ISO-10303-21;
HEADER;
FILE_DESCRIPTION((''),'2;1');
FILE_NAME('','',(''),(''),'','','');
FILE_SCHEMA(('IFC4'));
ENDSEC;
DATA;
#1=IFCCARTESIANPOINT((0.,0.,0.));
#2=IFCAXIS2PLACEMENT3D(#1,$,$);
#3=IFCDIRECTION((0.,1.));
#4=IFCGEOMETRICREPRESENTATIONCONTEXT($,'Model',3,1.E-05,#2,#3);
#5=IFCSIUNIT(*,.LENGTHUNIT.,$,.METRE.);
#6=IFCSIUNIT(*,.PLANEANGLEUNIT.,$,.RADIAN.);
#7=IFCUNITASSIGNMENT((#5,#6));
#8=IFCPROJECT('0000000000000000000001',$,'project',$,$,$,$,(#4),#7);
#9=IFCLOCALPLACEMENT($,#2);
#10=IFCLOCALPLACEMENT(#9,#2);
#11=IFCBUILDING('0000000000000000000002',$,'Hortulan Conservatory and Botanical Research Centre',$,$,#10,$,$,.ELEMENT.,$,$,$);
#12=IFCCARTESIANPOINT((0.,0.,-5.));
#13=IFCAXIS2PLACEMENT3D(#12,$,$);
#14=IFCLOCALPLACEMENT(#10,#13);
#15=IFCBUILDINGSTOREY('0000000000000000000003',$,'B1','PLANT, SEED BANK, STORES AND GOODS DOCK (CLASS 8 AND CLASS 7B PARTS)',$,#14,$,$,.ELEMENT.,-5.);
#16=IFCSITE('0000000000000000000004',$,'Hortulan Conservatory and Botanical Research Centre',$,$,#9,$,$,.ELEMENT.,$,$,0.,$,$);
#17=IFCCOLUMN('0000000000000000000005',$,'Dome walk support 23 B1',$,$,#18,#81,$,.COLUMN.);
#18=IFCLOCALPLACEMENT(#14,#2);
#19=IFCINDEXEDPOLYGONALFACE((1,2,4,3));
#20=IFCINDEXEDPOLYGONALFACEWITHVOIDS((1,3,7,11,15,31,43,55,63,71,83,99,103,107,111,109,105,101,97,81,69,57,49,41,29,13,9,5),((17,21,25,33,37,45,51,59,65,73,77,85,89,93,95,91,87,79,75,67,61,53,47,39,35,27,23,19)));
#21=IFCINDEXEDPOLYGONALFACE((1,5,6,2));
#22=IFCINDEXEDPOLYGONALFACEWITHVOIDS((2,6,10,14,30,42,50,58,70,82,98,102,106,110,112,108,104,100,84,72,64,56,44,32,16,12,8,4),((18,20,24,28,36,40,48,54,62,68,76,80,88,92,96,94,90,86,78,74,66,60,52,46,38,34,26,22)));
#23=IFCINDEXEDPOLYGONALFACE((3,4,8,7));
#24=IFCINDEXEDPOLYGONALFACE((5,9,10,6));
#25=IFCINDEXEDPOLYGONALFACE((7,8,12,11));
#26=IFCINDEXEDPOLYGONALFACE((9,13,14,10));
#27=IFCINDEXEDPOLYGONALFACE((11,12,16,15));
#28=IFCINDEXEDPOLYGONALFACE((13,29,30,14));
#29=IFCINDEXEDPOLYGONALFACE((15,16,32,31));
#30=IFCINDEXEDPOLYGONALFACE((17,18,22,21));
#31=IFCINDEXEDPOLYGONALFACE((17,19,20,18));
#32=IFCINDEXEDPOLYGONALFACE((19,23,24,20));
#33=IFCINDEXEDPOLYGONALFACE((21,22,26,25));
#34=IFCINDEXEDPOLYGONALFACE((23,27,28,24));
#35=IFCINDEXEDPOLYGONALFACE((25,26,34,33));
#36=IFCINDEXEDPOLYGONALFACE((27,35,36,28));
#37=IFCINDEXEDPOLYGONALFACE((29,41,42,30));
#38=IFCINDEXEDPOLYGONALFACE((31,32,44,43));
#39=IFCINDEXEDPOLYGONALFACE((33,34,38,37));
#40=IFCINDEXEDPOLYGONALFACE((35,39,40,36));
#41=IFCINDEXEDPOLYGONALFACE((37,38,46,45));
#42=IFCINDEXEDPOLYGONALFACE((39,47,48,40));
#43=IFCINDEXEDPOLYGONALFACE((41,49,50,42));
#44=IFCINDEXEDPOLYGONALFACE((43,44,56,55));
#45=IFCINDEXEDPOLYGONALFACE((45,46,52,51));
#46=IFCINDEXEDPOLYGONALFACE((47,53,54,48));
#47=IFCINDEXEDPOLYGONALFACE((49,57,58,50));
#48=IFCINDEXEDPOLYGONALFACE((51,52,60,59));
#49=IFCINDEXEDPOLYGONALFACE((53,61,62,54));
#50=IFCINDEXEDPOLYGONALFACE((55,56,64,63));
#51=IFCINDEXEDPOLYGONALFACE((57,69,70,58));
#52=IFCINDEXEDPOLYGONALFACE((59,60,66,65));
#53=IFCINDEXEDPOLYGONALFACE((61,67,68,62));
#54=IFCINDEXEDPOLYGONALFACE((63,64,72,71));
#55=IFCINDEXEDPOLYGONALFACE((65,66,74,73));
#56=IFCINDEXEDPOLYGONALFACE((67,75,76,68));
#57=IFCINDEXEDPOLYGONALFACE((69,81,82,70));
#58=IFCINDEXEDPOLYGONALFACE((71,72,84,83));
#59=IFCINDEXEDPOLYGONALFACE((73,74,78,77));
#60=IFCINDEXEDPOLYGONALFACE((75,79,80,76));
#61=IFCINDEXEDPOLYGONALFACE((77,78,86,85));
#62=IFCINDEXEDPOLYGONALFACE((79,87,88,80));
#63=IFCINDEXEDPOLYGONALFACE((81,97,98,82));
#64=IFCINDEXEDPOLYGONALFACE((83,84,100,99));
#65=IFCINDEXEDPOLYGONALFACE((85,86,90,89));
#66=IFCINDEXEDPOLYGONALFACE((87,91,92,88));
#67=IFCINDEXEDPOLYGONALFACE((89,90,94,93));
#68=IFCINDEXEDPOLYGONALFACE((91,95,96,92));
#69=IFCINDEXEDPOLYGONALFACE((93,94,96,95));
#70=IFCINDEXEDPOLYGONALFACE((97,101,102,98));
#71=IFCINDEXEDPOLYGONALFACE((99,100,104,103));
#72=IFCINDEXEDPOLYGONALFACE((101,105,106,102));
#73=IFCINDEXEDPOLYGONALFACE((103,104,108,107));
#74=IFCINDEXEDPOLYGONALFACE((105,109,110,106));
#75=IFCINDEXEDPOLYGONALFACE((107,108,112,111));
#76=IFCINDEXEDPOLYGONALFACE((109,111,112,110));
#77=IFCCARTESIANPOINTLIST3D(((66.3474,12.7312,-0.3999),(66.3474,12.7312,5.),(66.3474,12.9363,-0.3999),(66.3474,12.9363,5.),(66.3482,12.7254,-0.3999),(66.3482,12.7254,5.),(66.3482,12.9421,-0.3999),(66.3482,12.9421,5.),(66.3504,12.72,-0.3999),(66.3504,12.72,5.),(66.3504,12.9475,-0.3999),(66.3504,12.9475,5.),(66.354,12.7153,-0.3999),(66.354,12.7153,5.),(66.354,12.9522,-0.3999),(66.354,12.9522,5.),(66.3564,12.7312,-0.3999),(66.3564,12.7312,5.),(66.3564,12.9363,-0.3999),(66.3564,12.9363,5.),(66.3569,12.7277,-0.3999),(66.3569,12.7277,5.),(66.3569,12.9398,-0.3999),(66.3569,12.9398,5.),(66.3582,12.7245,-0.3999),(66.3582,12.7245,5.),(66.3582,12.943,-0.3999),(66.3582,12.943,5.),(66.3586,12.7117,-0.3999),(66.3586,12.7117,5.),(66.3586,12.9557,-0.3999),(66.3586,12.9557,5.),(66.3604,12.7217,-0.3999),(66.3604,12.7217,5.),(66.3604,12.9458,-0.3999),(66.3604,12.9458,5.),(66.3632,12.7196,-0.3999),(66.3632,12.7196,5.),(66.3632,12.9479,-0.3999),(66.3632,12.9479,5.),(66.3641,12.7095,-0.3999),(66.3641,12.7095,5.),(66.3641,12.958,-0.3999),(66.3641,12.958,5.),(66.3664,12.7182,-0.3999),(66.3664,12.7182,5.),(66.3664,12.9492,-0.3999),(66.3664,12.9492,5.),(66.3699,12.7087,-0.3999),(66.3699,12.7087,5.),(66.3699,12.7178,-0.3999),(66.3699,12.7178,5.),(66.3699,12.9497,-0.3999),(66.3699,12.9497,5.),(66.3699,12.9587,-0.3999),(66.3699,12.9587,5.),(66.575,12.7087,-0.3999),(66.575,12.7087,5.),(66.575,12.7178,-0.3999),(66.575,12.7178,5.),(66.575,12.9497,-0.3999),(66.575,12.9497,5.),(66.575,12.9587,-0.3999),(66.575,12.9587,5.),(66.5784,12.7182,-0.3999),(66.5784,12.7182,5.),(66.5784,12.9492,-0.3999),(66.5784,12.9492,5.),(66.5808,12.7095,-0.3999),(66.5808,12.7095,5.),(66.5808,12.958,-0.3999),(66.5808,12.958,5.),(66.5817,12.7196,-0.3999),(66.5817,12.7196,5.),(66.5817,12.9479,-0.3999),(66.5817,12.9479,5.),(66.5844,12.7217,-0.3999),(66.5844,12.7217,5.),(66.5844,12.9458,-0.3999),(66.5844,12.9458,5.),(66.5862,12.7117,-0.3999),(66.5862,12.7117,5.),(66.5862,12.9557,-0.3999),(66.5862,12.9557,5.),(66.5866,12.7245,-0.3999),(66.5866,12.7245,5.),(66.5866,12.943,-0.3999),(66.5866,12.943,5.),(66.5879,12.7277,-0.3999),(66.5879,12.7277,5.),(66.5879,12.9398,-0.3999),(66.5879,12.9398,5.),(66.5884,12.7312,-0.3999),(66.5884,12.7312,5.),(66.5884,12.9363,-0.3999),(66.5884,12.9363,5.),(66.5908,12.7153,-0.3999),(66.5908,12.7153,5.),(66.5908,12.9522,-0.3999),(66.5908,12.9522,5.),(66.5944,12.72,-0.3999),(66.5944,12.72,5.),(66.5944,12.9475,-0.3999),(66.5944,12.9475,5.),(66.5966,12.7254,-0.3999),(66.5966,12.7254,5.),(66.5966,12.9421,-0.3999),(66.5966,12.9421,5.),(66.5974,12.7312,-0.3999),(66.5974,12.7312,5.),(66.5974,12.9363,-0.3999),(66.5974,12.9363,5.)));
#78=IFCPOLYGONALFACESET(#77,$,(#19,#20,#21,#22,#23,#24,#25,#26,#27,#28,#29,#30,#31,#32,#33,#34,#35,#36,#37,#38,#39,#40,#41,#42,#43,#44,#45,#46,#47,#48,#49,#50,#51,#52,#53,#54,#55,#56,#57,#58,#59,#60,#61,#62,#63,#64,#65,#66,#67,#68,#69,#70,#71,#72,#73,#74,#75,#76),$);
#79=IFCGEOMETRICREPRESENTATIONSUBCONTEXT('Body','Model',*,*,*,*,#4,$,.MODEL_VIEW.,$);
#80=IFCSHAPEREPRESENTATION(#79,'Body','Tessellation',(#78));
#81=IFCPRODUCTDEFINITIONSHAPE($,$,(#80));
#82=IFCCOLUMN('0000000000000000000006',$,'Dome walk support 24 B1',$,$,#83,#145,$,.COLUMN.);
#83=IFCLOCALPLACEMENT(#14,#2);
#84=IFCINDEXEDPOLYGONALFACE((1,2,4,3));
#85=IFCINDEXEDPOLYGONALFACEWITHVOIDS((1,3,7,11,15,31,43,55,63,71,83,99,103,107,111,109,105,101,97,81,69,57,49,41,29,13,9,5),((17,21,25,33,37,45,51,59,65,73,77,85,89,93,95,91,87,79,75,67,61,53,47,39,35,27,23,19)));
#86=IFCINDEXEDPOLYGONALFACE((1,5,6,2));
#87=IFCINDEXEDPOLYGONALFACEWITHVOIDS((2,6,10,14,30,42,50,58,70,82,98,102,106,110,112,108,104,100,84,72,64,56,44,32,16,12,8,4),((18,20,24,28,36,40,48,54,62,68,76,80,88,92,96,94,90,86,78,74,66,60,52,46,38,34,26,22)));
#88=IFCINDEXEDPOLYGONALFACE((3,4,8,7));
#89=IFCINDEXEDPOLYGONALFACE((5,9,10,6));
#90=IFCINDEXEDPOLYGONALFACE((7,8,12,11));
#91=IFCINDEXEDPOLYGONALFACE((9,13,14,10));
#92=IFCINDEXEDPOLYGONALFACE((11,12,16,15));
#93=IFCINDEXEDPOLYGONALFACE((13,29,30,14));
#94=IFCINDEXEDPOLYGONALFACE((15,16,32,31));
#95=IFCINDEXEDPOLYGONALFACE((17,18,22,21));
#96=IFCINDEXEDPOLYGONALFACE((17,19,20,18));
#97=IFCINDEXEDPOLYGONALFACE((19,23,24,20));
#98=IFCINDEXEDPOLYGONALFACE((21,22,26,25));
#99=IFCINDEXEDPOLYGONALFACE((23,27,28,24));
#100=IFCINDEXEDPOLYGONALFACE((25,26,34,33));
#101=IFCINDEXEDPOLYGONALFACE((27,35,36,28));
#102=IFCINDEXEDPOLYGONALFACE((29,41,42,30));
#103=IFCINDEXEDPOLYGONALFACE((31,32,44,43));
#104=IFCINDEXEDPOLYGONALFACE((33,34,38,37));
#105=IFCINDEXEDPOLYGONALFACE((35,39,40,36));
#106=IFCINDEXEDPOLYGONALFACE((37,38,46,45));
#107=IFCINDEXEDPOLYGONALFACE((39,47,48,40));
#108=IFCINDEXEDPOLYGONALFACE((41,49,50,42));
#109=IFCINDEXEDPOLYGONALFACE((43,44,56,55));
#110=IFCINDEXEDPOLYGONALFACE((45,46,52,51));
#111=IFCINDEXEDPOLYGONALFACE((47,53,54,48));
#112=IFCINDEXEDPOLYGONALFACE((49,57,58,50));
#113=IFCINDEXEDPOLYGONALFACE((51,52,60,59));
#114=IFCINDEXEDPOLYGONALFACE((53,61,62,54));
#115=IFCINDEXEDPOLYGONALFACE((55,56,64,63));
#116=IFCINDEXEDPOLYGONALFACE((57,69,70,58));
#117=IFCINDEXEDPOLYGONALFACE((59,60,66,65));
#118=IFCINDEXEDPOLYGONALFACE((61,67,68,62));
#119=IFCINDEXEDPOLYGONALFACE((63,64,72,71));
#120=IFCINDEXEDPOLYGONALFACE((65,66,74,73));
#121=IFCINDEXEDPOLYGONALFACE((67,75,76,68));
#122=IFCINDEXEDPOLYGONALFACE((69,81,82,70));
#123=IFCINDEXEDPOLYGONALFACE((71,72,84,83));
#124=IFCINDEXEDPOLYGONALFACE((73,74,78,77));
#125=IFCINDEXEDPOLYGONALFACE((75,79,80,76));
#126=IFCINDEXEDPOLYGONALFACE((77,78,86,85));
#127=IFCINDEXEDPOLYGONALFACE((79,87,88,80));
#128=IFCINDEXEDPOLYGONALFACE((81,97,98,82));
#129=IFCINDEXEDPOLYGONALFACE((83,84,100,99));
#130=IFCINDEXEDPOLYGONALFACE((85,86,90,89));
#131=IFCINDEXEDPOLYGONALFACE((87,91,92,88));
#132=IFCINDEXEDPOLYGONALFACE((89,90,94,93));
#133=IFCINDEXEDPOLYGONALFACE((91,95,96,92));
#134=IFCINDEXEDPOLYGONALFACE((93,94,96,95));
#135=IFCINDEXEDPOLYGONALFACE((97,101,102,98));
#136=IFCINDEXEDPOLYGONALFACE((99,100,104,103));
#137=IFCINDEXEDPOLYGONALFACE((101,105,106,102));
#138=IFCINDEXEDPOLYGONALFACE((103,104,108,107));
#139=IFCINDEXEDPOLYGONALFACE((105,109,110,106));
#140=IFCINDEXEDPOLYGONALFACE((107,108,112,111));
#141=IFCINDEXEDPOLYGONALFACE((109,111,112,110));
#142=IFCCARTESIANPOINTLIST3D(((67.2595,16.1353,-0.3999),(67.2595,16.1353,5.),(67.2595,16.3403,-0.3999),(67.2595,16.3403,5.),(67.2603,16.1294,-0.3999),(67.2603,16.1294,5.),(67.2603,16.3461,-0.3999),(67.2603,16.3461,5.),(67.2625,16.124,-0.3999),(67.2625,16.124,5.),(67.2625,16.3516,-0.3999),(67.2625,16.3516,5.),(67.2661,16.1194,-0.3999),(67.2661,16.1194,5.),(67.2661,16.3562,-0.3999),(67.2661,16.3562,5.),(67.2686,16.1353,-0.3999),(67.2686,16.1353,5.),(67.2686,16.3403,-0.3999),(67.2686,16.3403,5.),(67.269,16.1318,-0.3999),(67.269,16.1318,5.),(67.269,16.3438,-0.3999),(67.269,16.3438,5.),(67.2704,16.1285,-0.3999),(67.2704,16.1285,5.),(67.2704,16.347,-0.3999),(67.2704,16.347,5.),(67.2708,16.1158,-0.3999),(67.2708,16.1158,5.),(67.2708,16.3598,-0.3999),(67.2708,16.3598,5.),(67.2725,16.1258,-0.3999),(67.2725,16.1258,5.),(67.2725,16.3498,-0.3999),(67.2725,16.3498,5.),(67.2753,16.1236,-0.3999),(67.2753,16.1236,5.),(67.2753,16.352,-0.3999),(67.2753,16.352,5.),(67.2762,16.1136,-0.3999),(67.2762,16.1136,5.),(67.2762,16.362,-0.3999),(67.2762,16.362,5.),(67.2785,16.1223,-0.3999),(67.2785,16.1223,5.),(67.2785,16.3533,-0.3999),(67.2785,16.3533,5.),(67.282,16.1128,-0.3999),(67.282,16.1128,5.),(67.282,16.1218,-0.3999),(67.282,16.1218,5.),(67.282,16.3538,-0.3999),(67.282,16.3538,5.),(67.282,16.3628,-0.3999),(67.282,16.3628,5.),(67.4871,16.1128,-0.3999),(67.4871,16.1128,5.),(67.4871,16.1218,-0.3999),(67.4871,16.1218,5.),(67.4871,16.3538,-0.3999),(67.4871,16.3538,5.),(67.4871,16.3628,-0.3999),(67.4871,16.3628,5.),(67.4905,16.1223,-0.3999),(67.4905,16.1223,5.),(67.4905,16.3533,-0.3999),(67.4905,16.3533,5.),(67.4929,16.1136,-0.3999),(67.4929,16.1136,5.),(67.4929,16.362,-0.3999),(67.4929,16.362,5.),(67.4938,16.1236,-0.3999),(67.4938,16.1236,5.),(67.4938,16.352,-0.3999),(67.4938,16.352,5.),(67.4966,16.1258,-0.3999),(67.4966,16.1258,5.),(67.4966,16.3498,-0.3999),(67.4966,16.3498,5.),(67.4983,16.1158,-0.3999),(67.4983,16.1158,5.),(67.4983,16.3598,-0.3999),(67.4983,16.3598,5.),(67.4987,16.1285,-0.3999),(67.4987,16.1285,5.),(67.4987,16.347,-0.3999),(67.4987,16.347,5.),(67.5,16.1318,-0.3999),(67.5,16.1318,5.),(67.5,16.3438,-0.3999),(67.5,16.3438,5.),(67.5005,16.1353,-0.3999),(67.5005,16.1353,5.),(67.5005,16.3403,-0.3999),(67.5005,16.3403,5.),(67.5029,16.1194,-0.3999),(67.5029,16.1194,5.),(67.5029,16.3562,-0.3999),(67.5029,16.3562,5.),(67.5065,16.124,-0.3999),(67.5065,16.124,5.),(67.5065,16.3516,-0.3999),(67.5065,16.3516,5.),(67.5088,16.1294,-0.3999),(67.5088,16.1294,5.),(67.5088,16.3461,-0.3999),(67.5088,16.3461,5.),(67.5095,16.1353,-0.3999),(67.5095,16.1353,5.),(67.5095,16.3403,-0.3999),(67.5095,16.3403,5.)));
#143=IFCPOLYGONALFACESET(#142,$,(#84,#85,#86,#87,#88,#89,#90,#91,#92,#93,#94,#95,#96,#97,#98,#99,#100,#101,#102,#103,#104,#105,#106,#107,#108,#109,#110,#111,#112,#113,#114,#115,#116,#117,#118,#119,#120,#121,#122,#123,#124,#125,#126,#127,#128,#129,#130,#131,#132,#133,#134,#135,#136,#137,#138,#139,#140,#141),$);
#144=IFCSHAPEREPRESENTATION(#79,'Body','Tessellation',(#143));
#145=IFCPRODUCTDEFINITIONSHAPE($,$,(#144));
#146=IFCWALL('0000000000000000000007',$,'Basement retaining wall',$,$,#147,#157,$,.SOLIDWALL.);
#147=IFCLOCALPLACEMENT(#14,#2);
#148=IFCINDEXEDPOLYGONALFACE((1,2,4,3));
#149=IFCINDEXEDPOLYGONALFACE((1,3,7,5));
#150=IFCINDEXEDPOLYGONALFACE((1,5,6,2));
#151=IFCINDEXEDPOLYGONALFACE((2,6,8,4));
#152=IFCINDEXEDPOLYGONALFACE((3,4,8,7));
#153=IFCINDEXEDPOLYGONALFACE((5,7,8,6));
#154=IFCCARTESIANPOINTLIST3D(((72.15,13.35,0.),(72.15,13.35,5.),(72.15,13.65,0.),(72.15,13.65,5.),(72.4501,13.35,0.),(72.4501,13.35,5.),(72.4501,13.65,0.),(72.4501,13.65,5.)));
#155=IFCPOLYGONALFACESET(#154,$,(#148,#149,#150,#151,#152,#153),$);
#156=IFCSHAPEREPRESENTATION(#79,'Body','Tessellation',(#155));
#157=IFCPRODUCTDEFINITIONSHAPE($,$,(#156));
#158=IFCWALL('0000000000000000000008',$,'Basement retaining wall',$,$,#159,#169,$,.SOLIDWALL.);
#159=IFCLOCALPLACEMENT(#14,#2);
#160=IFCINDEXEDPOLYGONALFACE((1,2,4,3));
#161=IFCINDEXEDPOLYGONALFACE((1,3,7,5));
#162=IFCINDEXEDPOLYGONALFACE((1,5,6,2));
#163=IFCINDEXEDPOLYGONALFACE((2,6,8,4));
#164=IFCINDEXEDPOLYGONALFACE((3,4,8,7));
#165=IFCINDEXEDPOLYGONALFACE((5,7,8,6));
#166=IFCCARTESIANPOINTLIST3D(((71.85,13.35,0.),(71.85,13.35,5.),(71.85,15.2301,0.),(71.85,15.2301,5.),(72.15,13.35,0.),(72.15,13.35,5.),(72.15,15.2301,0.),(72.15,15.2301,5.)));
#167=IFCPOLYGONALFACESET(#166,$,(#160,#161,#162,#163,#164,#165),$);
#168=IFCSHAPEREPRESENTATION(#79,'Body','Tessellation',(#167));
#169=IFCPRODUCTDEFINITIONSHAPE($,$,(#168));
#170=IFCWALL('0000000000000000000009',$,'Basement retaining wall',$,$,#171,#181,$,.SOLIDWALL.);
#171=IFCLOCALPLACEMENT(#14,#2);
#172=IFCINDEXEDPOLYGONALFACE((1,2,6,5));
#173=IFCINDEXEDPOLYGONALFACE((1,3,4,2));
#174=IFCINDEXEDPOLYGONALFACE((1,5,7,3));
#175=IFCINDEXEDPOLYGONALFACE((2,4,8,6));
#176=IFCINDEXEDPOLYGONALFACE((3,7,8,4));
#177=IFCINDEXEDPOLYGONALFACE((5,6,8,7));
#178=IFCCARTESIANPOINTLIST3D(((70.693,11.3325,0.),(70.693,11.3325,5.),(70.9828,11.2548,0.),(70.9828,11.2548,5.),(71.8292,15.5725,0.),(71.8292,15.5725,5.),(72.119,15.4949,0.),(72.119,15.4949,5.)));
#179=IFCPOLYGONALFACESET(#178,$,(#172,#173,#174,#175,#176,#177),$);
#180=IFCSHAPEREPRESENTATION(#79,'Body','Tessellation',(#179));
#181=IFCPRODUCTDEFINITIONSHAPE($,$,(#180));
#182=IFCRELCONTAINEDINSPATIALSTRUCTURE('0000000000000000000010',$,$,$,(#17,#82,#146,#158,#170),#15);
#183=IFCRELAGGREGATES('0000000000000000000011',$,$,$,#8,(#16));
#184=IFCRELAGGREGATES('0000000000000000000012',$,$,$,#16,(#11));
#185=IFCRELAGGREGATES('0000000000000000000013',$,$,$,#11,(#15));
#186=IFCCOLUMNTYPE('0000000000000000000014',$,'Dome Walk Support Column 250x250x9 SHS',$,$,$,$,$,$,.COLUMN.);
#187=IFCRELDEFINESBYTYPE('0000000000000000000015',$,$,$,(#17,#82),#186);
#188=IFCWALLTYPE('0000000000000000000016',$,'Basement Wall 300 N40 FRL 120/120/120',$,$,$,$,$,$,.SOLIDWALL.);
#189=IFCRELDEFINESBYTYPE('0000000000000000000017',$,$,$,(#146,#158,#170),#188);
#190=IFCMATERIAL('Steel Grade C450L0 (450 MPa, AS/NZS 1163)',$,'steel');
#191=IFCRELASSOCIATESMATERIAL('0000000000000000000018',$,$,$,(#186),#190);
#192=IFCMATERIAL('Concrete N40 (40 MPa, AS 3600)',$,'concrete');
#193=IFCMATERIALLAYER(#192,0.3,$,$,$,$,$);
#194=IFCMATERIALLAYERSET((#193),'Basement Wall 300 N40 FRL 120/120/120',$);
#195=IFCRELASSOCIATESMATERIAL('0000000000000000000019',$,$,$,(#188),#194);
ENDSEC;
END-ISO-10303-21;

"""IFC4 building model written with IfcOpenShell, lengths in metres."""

from ifc_helpers import new_model, si_unit, direction, frame, frame_2d, origin, origin_2d, place, context, subcontext, project, spatial, rectangle, hollow_rectangle, extrude, material, layer, layer_set, material_profile, profile_set, type_object, element, save


model = new_model("IFC4")

# Units and contexts
model_context = context("Model", 3, precision=1e-05, world=origin(), true_north=direction((0.0, 1.0)))
body_context = subcontext(model_context, "Body", "Model", "MODEL_VIEW")
ifc_project = project(units=[si_unit("LENGTHUNIT", "METRE"), si_unit("PLANEANGLEUNIT", "RADIAN")], contexts=[model_context])

# Site, building, storey
site_placement = place(None, origin())
site = spatial("IfcSite", under=ifc_project, at=site_placement, Name="Hortulan Conservatory and Botanical Research Centre", CompositionType="ELEMENT", RefElevation=0.0)
building_placement = place(site_placement, origin())
building = spatial("IfcBuilding", under=site, at=building_placement, Name="Hortulan Conservatory and Botanical Research Centre", CompositionType="ELEMENT")
storey_placement = place(building_placement, frame((0.0, 0.0, -5.0)))
storey = spatial("IfcBuildingStorey", under=building, at=storey_placement, Name="B1", Description="PLANT, SEED BANK, STORES AND GOODS DOCK (CLASS 8 AND CLASS 7B PARTS)", CompositionType="ELEMENT", Elevation=-5.0)

# Shared definitions
ifc_material_1 = material(Name="Concrete N40 (40 MPa, AS 3600)", Category="concrete")

# Columns
ifc_material_2 = material(Name="Steel Grade C450L0 (450 MPa, AS/NZS 1163)", Category="steel")
ifc_material_profile_1 = material_profile(ifc_material_2, hollow_rectangle(XDim=0.25, YDim=0.25, WallThickness=0.009, InnerFilletRadius=0.0134, OuterFilletRadius=0.0225, at=origin_2d()), Name="250x250x9SHS")
ifc_profile_set_1 = profile_set([ifc_material_profile_1], Name="Steel Grade C450L0 (450 MPa, AS/NZS 1163)")
column_type_1 = type_object("IfcColumnType", Name="Dome Walk Support Column 250x250x9 SHS", PredefinedType="COLUMN", material=ifc_profile_set_1)
for number, where, z_axis, x_axis, name in (
    (1, (66.4724, 12.8337, -0.3999), (0.0, 0.0, 1.0), (1.0, 0.0, 0.0), "Dome walk support 23 B1"),
    (2, (67.3845, 16.2378, -0.3999), (0.0, 0.0, 1.0), (1.0, 0.0, 0.0), "Dome walk support 24 B1"),
):
    element("IfcColumn", number, at=place(storey_placement, frame(where, z_axis=z_axis, x_axis=x_axis)), inside=storey, type_object=column_type_1, Name=name, PredefinedType="COLUMN", context=body_context, shape_type="SweptSolid", body=[
        extrude(hollow_rectangle(XDim=0.25, YDim=0.25, WallThickness=0.009, InnerFilletRadius=0.0134, OuterFilletRadius=0.0225, at=origin_2d()), origin(), (0.0, 0.0, 1.0), 5.3999),
    ])

# Walls
ifc_layer_1 = layer(ifc_material_1, 0.3)
ifc_layer_set_1 = layer_set([ifc_layer_1], Name="Basement Wall 300 N40 FRL 120/120/120")
wall_type_1 = type_object("IfcWallType", Name="Basement Wall 300 N40 FRL 120/120/120", PredefinedType="SOLIDWALL", material=ifc_layer_set_1)
wall_1_placement = place(storey_placement, frame((72.45, 13.5, 0.0), z_axis=(0.0, 0.0, 1.0), x_axis=(-1.0, 0.0, 0.0)))
element("IfcWall", 3, at=wall_1_placement, inside=storey, type_object=wall_type_1, Name="Basement retaining wall", PredefinedType="SOLIDWALL", context=body_context, shape_type="SweptSolid", body=[
    extrude(rectangle(XDim=0.3, YDim=0.3, at=frame_2d((0.1499, 0.0))), origin(), (0.0, 0.0, 1.0), 5.0),
])
wall_2_placement = place(storey_placement, frame((72.0, 13.3501, 0.0), z_axis=(0.0, 0.0, 1.0), x_axis=(0.0, 1.0, 0.0)))
element("IfcWall", 4, at=wall_2_placement, inside=storey, type_object=wall_type_1, Name="Basement retaining wall", PredefinedType="SOLIDWALL", context=body_context, shape_type="SweptSolid", body=[
    extrude(rectangle(XDim=1.8801, YDim=0.3, at=frame_2d((0.9399, 0.0))), origin(), (0.0, 0.0, 1.0), 5.0),
])
wall_3_placement = place(storey_placement, frame((71.9741, 15.5337, 0.0), z_axis=(0.0, 0.0, 1.0), x_axis=(-0.258846, -0.965919, 0.0)))
element("IfcWall", 5, at=wall_3_placement, inside=storey, type_object=wall_type_1, Name="Basement retaining wall", PredefinedType="SOLIDWALL", context=body_context, shape_type="SweptSolid", body=[
    extrude(rectangle(XDim=4.3896, YDim=0.3, at=frame_2d((2.1948, 0.0))), origin(), (0.0, 0.0, 1.0), 5.0),
])

save(model, "model.ifc")
